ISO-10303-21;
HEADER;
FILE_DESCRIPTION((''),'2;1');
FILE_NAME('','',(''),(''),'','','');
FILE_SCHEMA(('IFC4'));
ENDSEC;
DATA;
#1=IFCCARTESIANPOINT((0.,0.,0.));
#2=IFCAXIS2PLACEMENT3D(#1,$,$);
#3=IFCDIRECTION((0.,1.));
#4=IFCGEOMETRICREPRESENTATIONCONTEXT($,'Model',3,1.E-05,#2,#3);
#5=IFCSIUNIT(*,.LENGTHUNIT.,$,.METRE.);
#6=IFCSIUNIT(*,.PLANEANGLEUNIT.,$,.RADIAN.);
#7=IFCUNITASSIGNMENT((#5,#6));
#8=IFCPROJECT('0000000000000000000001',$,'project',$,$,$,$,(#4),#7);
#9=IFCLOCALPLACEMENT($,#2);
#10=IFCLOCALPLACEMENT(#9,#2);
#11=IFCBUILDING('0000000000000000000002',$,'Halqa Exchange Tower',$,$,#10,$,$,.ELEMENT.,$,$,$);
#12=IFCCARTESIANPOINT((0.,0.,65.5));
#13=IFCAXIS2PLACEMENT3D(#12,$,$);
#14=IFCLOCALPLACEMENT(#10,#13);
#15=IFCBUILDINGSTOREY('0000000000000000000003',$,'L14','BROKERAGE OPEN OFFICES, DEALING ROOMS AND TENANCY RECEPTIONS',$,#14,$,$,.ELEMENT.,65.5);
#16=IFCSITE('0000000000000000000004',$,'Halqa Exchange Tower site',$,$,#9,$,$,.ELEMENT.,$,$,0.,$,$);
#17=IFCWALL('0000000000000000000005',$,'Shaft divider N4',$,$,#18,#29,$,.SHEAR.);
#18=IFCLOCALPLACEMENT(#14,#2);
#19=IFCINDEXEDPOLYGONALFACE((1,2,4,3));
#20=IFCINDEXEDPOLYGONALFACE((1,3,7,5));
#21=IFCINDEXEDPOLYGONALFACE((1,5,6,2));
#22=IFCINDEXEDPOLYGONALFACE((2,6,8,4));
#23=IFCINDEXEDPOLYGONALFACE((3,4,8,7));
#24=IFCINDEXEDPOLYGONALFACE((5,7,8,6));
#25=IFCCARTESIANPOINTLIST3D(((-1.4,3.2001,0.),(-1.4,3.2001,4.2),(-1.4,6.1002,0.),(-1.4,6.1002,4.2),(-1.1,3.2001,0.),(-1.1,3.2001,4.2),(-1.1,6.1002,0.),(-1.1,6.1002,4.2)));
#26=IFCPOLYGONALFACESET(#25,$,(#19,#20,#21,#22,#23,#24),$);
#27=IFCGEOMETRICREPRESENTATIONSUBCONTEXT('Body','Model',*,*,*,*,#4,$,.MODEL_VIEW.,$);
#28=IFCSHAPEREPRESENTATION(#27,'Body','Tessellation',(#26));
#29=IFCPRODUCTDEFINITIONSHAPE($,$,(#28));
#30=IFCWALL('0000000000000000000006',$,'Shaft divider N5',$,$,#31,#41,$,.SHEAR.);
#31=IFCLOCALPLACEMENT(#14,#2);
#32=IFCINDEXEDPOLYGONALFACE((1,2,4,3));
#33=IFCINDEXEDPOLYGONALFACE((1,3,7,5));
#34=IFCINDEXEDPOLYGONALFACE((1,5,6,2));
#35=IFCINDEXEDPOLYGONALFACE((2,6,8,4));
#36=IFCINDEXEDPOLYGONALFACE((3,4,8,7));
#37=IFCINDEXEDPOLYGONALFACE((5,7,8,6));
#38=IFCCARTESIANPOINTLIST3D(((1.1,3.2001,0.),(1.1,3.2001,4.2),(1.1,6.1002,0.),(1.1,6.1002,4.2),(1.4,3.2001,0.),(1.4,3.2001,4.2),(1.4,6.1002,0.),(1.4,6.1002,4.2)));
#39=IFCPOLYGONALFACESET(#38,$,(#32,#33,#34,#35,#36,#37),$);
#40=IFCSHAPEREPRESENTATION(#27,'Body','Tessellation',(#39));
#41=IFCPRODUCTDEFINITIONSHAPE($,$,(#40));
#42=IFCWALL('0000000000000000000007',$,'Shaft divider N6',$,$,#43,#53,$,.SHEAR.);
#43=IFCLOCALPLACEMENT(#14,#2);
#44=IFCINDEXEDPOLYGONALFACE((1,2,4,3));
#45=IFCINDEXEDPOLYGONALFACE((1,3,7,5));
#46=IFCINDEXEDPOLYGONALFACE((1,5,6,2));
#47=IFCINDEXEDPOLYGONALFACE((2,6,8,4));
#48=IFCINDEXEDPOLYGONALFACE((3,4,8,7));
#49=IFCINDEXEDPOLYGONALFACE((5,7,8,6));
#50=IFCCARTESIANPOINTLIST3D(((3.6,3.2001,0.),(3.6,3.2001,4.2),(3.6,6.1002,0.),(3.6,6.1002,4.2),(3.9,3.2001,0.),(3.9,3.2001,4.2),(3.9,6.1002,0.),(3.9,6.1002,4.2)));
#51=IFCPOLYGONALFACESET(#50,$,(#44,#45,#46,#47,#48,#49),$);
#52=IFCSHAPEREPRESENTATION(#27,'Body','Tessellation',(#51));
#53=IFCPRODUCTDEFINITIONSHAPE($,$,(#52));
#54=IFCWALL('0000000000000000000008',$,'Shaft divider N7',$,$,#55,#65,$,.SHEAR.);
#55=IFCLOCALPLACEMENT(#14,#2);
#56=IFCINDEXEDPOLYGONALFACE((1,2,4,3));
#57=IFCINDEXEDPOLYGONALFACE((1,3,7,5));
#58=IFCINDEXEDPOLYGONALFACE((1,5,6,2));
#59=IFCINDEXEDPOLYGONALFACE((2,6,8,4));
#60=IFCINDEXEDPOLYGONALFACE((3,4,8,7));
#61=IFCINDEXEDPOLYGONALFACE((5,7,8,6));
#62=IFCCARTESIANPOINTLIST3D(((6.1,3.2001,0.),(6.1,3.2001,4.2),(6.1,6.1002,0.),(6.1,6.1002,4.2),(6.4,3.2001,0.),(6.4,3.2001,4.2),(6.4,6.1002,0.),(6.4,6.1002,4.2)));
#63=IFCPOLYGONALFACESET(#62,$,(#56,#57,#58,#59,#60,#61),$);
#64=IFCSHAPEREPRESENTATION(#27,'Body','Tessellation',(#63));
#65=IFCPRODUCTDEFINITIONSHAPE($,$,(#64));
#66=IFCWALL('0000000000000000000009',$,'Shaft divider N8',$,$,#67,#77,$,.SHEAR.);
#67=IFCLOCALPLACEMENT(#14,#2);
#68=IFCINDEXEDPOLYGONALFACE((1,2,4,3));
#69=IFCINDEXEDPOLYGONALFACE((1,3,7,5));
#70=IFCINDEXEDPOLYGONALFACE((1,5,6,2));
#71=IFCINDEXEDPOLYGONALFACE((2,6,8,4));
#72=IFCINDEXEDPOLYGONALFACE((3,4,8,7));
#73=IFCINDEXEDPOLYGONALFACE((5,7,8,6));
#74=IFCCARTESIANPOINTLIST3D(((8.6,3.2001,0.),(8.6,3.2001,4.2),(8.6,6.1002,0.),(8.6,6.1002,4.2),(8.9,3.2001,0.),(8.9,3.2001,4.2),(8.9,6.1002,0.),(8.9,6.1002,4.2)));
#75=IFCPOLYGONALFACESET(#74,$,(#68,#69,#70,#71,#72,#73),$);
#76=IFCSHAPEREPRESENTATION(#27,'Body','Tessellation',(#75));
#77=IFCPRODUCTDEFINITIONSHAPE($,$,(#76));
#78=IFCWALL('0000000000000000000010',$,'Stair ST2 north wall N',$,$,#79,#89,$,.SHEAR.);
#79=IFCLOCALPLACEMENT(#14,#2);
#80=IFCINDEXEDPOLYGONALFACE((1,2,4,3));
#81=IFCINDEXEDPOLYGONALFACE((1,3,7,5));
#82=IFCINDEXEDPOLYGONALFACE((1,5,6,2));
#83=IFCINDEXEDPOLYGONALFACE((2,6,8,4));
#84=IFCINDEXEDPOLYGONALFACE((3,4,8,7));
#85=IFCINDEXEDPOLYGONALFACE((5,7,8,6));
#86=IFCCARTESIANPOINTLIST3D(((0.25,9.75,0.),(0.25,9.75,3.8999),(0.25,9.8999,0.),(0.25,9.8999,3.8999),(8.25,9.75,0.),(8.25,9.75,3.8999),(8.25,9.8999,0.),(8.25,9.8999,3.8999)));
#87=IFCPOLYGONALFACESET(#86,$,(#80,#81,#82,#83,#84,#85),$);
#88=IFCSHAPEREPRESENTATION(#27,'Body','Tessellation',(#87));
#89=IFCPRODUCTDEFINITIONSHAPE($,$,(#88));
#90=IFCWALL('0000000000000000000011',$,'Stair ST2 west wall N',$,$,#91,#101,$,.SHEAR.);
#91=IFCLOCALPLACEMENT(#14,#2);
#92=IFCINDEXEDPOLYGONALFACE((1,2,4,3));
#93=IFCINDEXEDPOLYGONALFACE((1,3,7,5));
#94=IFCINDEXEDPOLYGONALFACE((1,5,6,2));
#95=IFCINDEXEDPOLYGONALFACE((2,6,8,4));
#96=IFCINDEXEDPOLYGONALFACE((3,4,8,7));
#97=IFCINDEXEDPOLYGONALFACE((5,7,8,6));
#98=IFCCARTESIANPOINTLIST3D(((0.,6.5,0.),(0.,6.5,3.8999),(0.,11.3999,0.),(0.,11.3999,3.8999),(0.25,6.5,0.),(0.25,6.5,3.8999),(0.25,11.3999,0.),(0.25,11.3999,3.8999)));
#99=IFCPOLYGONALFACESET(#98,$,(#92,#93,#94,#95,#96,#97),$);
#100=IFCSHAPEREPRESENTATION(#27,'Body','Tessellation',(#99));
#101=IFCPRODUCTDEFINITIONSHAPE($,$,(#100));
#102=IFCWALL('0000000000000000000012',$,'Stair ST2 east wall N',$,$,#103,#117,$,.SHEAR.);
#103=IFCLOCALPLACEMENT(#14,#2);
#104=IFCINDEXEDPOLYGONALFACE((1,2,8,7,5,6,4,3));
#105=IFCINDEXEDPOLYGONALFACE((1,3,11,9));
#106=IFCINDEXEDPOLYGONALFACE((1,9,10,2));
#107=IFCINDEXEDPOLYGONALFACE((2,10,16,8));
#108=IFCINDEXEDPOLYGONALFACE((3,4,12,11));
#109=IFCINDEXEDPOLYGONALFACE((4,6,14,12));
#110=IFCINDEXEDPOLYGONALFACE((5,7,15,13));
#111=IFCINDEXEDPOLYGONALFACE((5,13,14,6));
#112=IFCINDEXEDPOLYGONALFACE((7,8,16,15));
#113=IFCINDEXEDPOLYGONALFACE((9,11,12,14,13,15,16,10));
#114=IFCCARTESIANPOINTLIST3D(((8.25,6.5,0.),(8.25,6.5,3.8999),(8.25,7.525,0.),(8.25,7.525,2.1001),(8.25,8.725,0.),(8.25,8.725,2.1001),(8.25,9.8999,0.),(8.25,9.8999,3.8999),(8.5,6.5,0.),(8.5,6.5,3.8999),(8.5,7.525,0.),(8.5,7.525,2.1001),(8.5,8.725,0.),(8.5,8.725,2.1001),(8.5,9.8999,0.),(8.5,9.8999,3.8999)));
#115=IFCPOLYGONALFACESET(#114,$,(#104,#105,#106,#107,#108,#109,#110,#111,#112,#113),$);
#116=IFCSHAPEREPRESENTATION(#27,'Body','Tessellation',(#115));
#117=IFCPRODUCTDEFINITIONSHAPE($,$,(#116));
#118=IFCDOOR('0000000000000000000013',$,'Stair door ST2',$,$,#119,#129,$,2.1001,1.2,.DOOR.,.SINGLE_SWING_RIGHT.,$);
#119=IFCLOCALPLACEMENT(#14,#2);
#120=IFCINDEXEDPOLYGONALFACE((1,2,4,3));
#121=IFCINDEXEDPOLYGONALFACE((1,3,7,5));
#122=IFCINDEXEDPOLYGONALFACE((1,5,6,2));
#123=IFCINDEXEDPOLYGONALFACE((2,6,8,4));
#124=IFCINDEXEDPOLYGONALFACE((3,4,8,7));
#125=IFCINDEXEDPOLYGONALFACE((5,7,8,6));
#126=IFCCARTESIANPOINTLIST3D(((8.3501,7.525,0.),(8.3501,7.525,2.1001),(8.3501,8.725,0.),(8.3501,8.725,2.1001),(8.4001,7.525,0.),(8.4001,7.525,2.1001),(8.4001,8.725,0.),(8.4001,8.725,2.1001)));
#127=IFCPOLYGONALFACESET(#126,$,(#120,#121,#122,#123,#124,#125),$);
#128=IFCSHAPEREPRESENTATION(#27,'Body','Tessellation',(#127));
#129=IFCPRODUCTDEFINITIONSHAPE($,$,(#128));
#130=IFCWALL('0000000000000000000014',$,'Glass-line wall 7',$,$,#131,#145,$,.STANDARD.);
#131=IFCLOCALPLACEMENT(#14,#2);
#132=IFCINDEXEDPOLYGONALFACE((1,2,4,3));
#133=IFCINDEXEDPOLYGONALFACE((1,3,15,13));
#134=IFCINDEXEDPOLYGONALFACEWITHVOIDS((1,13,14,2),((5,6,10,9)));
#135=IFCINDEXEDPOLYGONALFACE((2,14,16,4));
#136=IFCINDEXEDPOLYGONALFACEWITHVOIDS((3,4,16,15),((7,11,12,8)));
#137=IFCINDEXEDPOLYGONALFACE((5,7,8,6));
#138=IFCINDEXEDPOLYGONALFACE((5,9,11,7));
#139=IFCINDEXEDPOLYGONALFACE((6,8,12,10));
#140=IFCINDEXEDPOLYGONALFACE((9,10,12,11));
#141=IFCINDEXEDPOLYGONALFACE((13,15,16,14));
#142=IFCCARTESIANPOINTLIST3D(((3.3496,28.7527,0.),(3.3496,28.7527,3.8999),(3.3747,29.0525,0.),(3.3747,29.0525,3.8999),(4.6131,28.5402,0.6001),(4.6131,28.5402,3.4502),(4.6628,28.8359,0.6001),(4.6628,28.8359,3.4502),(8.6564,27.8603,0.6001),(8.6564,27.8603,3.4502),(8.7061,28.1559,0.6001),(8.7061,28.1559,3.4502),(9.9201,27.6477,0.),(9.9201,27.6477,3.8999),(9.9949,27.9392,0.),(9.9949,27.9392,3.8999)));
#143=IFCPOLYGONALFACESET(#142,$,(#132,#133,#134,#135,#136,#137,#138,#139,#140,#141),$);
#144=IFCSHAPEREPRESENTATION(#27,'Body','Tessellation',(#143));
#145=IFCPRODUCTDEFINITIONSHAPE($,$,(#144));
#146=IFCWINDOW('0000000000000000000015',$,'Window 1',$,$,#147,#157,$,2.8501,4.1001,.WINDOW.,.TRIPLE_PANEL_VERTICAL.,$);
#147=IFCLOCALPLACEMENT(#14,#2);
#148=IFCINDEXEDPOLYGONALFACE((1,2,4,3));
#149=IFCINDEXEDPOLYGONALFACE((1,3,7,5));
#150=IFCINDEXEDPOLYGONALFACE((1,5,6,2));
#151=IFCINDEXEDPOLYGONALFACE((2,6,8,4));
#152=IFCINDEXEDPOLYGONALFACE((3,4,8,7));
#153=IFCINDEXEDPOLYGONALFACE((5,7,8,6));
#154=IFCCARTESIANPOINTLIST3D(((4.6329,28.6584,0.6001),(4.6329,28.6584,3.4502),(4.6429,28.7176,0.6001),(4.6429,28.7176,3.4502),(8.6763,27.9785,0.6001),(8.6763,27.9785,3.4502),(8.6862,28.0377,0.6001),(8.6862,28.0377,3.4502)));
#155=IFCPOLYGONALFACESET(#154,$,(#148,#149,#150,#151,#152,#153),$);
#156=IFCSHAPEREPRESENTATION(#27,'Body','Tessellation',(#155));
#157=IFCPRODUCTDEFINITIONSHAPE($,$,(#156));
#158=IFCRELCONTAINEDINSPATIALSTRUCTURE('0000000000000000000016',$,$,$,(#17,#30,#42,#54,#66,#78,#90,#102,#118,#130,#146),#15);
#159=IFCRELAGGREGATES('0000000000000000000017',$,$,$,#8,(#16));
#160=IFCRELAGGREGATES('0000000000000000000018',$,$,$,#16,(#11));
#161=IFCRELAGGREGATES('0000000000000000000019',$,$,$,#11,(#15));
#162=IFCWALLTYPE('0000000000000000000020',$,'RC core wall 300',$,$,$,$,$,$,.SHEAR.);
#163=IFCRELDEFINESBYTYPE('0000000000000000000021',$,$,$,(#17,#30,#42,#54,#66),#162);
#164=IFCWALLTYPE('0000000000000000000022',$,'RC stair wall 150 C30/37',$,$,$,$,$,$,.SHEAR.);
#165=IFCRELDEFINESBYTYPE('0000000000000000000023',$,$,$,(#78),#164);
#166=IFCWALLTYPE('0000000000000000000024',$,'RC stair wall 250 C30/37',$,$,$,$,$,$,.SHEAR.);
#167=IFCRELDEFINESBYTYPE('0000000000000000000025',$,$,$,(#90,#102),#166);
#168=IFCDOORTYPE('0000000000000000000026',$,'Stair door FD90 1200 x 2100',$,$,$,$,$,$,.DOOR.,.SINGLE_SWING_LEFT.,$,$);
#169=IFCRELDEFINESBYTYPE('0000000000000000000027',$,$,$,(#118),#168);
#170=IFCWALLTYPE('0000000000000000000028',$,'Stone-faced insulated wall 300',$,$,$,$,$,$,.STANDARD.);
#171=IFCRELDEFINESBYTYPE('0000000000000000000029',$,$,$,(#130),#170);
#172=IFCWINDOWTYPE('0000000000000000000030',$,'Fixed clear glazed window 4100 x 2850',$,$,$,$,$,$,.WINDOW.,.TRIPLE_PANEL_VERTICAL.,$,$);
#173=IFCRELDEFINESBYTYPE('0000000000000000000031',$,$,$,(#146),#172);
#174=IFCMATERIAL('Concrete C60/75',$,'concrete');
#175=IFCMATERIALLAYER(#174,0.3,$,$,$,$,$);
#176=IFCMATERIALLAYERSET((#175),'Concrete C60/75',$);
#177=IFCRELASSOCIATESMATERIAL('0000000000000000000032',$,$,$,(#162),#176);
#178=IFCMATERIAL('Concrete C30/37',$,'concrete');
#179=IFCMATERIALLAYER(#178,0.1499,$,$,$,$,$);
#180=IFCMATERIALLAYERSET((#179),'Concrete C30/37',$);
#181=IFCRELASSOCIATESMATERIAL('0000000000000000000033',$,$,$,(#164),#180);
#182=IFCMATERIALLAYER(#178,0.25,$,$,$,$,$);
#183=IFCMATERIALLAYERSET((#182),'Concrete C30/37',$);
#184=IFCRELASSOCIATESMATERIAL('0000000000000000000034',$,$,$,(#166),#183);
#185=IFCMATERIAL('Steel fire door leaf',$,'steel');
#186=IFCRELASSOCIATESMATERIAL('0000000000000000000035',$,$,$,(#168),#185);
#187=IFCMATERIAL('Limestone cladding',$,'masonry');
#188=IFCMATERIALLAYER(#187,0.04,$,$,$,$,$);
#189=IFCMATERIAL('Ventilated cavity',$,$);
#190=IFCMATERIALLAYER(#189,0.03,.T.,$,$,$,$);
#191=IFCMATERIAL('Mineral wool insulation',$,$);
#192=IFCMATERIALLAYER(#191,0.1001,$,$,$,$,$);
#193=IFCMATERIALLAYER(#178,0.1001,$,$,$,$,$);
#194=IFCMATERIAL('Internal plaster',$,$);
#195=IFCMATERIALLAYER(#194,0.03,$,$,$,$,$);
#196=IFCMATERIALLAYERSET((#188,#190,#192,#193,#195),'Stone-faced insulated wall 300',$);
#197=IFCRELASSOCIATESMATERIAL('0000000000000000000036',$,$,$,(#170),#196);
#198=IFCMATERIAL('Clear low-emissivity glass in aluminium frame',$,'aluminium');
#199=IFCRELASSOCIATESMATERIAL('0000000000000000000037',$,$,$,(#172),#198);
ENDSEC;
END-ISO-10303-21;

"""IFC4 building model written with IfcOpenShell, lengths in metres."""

from ifc_helpers import new_model, si_unit, direction, frame, frame_2d, origin, place, context, subcontext, project, spatial, polyline, rectangle, outline, extrude, material, layer, layer_set, type_object, element, fill, save


model = new_model("IFC4")

# Units and contexts
model_context = context("Model", 3, precision=1e-05, world=origin(), true_north=direction((0.0, 1.0)))
body_context = subcontext(model_context, "Body", "Model", "MODEL_VIEW")
ifc_project = project(units=[si_unit("LENGTHUNIT", "METRE"), si_unit("PLANEANGLEUNIT", "RADIAN")], contexts=[model_context])

# Site, building, storey
site_placement = place(None, origin())
site = spatial("IfcSite", under=ifc_project, at=site_placement, Name="Halqa Exchange Tower site", CompositionType="ELEMENT", RefElevation=0.0)
building_placement = place(site_placement, origin())
building = spatial("IfcBuilding", under=site, at=building_placement, Name="Halqa Exchange Tower", CompositionType="ELEMENT")
storey_placement = place(building_placement, frame((0.0, 0.0, 65.5)))
storey = spatial("IfcBuildingStorey", under=building, at=storey_placement, Name="L14", Description="BROKERAGE OPEN OFFICES, DEALING ROOMS AND TENANCY RECEPTIONS", CompositionType="ELEMENT", Elevation=65.5)

# Shared definitions
ifc_material_1 = material(Name="Concrete C60/75", Category="concrete")

# Shared definitions
ifc_material_2 = material(Name="Concrete C30/37", Category="concrete")

# Walls
ifc_layer_1 = layer(ifc_material_1, 0.3)
ifc_layer_set_1 = layer_set([ifc_layer_1], Name="Concrete C60/75")
wall_type_1 = type_object("IfcWallType", Name="RC core wall 300", PredefinedType="SHEAR", material=ifc_layer_set_1)
for number, where, z_axis, x_axis, name in (
    (1, (-1.25, 3.2, 0.0), (0.0, 0.0, 1.0), (0.0, 1.0, 0.0), "Shaft divider N4"),
    (2, (1.25, 3.2, 0.0), (0.0, 0.0, 1.0), (0.0, 1.0, 0.0), "Shaft divider N5"),
    (3, (3.75, 3.2, 0.0), (0.0, 0.0, 1.0), (0.0, 1.0, 0.0), "Shaft divider N6"),
    (4, (6.25, 3.2, 0.0), (0.0, 0.0, 1.0), (0.0, 1.0, 0.0), "Shaft divider N7"),
    (5, (8.75, 3.2, 0.0), (0.0, 0.0, 1.0), (0.0, 1.0, 0.0), "Shaft divider N8"),
):
    element("IfcWall", number, at=place(storey_placement, frame(where, z_axis=z_axis, x_axis=x_axis)), inside=storey, type_object=wall_type_1, Name=name, PredefinedType="SHEAR", context=body_context, shape_type="SweptSolid", body=[
        extrude(rectangle(XDim=2.9001, YDim=0.3, at=frame_2d((1.4502, 0.0))), origin(), (0.0, 0.0, 1.0), 4.2),
    ])
ifc_layer_2 = layer(ifc_material_2, 0.1499)
ifc_layer_set_2 = layer_set([ifc_layer_2], Name="Concrete C30/37")
wall_type_2 = type_object("IfcWallType", Name="RC stair wall 150 C30/37", PredefinedType="SHEAR", material=ifc_layer_set_2)
wall_1_placement = place(storey_placement, frame((0.25, 9.825, 0.0), z_axis=(0.0, 0.0, 1.0), x_axis=(1.0, 0.0, 0.0)))
element("IfcWall", 6, at=wall_1_placement, inside=storey, type_object=wall_type_2, Name="Stair ST2 north wall N", PredefinedType="SHEAR", context=body_context, shape_type="SweptSolid", body=[
    extrude(rectangle(XDim=8.0, YDim=0.1499, at=frame_2d((4.0, 0.0))), origin(), (0.0, 0.0, 1.0), 3.8999),
])
ifc_layer_3 = layer(ifc_material_2, 0.25)
ifc_layer_set_3 = layer_set([ifc_layer_3], Name="Concrete C30/37")
wall_type_3 = type_object("IfcWallType", Name="RC stair wall 250 C30/37", PredefinedType="SHEAR", material=ifc_layer_set_3)
wall_2_placement = place(storey_placement, frame((0.125, 6.5, 0.0), z_axis=(0.0, 0.0, 1.0), x_axis=(0.0, 1.0, 0.0)))
element("IfcWall", 7, at=wall_2_placement, inside=storey, type_object=wall_type_3, Name="Stair ST2 west wall N", PredefinedType="SHEAR", context=body_context, shape_type="SweptSolid", body=[
    extrude(rectangle(XDim=4.8999, YDim=0.25, at=frame_2d((2.45, 0.0))), origin(), (0.0, 0.0, 1.0), 3.8999),
])

# Wall, opening, door
wall_3_placement = place(storey_placement, frame((8.375, 6.5, 0.0), z_axis=(0.0, 0.0, 1.0), x_axis=(0.0, 1.0, 0.0)))
wall_3 = element("IfcWall", 8, at=wall_3_placement, inside=storey, type_object=wall_type_3, Name="Stair ST2 east wall N", PredefinedType="SHEAR", context=body_context, shape_type="SweptSolid", body=[
    extrude(rectangle(XDim=3.3999, YDim=0.25, at=frame_2d((1.7, 0.0))), origin(), (0.0, 0.0, 1.0), 3.8999),
])
opening_1_placement = place(wall_3_placement, frame((1.0249, 0.0, 0.0)))
opening_1 = element("IfcOpeningElement", 9, at=opening_1_placement, cuts=wall_3, PredefinedType="OPENING", context=body_context, shape_type="SweptSolid", body=[
    extrude(rectangle(XDim=1.2, YDim=2.1001, at=frame_2d((0.6001, 1.05))), frame((0.0, 0.137, 0.0), z_axis=(0.0, -1.0, 0.0), x_axis=(1.0, 0.0, 0.0)), (0.0, 0.0, 1.0), 0.2739),
])
ifc_material_3 = material(Name="Steel fire door leaf", Category="steel")
door_type_1 = type_object("IfcDoorType", Name="Stair door FD90 1200 x 2100", OperationType="SINGLE_SWING_LEFT", PredefinedType="DOOR", material=ifc_material_3)
door_1_placement = place(opening_1_placement, origin())
door_1 = element("IfcDoor", 10, at=door_1_placement, inside=storey, type_object=door_type_1, Name="Stair door ST2", OperationType="SINGLE_SWING_RIGHT", OverallHeight=2.1001, OverallWidth=1.2, PredefinedType="DOOR", context=body_context, shape_type="SweptSolid", body=[
    extrude(rectangle(XDim=1.2, YDim=2.1001, at=frame_2d((0.6001, 1.05))), frame((0.0, 0.0249, 0.0), z_axis=(0.0, -1.0, 0.0), x_axis=(1.0, 0.0, 0.0)), (0.0, 0.0, 1.0), 0.05),
])
fill(opening_1, door_1)

# Wall, opening, window
ifc_material_4 = material(Name="Limestone cladding", Category="masonry")
ifc_layer_4 = layer(ifc_material_4, 0.04)
ifc_material_5 = material(Name="Ventilated cavity")
ifc_layer_5 = layer(ifc_material_5, 0.03, ventilated=True)
ifc_material_6 = material(Name="Mineral wool insulation")
ifc_layer_6 = layer(ifc_material_6, 0.1001)
ifc_layer_7 = layer(ifc_material_2, 0.1001)
ifc_material_7 = material(Name="Internal plaster")
ifc_layer_8 = layer(ifc_material_7, 0.03)
ifc_layer_set_4 = layer_set([ifc_layer_4, ifc_layer_5, ifc_layer_6, ifc_layer_7, ifc_layer_8], Name="Stone-faced insulated wall 300")
wall_type_4 = type_object("IfcWallType", Name="Stone-faced insulated wall 300", PredefinedType="STANDARD", material=ifc_layer_set_4)
wall_4_placement = place(storey_placement, frame((9.9575, 27.7935, 0.0), z_axis=(0.0, 0.0, 1.0), x_axis=(-0.986153, 0.165837, 0.0)))
wall_4 = element("IfcWall", 11, at=wall_4_placement, inside=storey, type_object=wall_type_4, Name="Glass-line wall 7", PredefinedType="STANDARD", context=body_context, shape_type="SweptSolid", body=[
    extrude(outline(polyline([(-0.0127, -0.1499), (6.7004, -0.1499), (6.6755, 0.1499), (0.0127, 0.1499), (-0.0127, -0.1499)])), origin(), (0.0, 0.0, 1.0), 3.8999),
])
opening_2_placement = place(wall_4_placement, frame((1.2942, 0.0, 0.6001)))
opening_2 = element("IfcOpeningElement", 12, at=opening_2_placement, cuts=wall_4, PredefinedType="OPENING", context=body_context, shape_type="SweptSolid", body=[
    extrude(rectangle(XDim=4.1001, YDim=2.8501, at=frame_2d((2.05, 1.425))), frame((0.0, 0.1621, 0.0), z_axis=(0.0, -1.0, 0.0), x_axis=(1.0, 0.0, 0.0)), (0.0, 0.0, 1.0), 0.324),
])
ifc_material_8 = material(Name="Clear low-emissivity glass in aluminium frame", Category="aluminium")
window_type = type_object("IfcWindowType", Name="Fixed clear glazed window 4100 x 2850", PartitioningType="TRIPLE_PANEL_VERTICAL", PredefinedType="WINDOW", material=ifc_material_8)
window_placement = place(opening_2_placement, origin())
window = element("IfcWindow", 13, at=window_placement, inside=storey, type_object=window_type, Name="Window 1", OverallHeight=2.8501, OverallWidth=4.1001, PartitioningType="TRIPLE_PANEL_VERTICAL", PredefinedType="WINDOW", context=body_context, shape_type="SweptSolid", body=[
    extrude(rectangle(XDim=4.1001, YDim=2.8501, at=frame_2d((2.05, 1.425))), frame((0.0, 0.03, 0.0), z_axis=(0.0, -1.0, 0.0), x_axis=(1.0, 0.0, 0.0)), (0.0, 0.0, 1.0), 0.0601),
])
fill(opening_2, window)

save(model, "model.ifc")
